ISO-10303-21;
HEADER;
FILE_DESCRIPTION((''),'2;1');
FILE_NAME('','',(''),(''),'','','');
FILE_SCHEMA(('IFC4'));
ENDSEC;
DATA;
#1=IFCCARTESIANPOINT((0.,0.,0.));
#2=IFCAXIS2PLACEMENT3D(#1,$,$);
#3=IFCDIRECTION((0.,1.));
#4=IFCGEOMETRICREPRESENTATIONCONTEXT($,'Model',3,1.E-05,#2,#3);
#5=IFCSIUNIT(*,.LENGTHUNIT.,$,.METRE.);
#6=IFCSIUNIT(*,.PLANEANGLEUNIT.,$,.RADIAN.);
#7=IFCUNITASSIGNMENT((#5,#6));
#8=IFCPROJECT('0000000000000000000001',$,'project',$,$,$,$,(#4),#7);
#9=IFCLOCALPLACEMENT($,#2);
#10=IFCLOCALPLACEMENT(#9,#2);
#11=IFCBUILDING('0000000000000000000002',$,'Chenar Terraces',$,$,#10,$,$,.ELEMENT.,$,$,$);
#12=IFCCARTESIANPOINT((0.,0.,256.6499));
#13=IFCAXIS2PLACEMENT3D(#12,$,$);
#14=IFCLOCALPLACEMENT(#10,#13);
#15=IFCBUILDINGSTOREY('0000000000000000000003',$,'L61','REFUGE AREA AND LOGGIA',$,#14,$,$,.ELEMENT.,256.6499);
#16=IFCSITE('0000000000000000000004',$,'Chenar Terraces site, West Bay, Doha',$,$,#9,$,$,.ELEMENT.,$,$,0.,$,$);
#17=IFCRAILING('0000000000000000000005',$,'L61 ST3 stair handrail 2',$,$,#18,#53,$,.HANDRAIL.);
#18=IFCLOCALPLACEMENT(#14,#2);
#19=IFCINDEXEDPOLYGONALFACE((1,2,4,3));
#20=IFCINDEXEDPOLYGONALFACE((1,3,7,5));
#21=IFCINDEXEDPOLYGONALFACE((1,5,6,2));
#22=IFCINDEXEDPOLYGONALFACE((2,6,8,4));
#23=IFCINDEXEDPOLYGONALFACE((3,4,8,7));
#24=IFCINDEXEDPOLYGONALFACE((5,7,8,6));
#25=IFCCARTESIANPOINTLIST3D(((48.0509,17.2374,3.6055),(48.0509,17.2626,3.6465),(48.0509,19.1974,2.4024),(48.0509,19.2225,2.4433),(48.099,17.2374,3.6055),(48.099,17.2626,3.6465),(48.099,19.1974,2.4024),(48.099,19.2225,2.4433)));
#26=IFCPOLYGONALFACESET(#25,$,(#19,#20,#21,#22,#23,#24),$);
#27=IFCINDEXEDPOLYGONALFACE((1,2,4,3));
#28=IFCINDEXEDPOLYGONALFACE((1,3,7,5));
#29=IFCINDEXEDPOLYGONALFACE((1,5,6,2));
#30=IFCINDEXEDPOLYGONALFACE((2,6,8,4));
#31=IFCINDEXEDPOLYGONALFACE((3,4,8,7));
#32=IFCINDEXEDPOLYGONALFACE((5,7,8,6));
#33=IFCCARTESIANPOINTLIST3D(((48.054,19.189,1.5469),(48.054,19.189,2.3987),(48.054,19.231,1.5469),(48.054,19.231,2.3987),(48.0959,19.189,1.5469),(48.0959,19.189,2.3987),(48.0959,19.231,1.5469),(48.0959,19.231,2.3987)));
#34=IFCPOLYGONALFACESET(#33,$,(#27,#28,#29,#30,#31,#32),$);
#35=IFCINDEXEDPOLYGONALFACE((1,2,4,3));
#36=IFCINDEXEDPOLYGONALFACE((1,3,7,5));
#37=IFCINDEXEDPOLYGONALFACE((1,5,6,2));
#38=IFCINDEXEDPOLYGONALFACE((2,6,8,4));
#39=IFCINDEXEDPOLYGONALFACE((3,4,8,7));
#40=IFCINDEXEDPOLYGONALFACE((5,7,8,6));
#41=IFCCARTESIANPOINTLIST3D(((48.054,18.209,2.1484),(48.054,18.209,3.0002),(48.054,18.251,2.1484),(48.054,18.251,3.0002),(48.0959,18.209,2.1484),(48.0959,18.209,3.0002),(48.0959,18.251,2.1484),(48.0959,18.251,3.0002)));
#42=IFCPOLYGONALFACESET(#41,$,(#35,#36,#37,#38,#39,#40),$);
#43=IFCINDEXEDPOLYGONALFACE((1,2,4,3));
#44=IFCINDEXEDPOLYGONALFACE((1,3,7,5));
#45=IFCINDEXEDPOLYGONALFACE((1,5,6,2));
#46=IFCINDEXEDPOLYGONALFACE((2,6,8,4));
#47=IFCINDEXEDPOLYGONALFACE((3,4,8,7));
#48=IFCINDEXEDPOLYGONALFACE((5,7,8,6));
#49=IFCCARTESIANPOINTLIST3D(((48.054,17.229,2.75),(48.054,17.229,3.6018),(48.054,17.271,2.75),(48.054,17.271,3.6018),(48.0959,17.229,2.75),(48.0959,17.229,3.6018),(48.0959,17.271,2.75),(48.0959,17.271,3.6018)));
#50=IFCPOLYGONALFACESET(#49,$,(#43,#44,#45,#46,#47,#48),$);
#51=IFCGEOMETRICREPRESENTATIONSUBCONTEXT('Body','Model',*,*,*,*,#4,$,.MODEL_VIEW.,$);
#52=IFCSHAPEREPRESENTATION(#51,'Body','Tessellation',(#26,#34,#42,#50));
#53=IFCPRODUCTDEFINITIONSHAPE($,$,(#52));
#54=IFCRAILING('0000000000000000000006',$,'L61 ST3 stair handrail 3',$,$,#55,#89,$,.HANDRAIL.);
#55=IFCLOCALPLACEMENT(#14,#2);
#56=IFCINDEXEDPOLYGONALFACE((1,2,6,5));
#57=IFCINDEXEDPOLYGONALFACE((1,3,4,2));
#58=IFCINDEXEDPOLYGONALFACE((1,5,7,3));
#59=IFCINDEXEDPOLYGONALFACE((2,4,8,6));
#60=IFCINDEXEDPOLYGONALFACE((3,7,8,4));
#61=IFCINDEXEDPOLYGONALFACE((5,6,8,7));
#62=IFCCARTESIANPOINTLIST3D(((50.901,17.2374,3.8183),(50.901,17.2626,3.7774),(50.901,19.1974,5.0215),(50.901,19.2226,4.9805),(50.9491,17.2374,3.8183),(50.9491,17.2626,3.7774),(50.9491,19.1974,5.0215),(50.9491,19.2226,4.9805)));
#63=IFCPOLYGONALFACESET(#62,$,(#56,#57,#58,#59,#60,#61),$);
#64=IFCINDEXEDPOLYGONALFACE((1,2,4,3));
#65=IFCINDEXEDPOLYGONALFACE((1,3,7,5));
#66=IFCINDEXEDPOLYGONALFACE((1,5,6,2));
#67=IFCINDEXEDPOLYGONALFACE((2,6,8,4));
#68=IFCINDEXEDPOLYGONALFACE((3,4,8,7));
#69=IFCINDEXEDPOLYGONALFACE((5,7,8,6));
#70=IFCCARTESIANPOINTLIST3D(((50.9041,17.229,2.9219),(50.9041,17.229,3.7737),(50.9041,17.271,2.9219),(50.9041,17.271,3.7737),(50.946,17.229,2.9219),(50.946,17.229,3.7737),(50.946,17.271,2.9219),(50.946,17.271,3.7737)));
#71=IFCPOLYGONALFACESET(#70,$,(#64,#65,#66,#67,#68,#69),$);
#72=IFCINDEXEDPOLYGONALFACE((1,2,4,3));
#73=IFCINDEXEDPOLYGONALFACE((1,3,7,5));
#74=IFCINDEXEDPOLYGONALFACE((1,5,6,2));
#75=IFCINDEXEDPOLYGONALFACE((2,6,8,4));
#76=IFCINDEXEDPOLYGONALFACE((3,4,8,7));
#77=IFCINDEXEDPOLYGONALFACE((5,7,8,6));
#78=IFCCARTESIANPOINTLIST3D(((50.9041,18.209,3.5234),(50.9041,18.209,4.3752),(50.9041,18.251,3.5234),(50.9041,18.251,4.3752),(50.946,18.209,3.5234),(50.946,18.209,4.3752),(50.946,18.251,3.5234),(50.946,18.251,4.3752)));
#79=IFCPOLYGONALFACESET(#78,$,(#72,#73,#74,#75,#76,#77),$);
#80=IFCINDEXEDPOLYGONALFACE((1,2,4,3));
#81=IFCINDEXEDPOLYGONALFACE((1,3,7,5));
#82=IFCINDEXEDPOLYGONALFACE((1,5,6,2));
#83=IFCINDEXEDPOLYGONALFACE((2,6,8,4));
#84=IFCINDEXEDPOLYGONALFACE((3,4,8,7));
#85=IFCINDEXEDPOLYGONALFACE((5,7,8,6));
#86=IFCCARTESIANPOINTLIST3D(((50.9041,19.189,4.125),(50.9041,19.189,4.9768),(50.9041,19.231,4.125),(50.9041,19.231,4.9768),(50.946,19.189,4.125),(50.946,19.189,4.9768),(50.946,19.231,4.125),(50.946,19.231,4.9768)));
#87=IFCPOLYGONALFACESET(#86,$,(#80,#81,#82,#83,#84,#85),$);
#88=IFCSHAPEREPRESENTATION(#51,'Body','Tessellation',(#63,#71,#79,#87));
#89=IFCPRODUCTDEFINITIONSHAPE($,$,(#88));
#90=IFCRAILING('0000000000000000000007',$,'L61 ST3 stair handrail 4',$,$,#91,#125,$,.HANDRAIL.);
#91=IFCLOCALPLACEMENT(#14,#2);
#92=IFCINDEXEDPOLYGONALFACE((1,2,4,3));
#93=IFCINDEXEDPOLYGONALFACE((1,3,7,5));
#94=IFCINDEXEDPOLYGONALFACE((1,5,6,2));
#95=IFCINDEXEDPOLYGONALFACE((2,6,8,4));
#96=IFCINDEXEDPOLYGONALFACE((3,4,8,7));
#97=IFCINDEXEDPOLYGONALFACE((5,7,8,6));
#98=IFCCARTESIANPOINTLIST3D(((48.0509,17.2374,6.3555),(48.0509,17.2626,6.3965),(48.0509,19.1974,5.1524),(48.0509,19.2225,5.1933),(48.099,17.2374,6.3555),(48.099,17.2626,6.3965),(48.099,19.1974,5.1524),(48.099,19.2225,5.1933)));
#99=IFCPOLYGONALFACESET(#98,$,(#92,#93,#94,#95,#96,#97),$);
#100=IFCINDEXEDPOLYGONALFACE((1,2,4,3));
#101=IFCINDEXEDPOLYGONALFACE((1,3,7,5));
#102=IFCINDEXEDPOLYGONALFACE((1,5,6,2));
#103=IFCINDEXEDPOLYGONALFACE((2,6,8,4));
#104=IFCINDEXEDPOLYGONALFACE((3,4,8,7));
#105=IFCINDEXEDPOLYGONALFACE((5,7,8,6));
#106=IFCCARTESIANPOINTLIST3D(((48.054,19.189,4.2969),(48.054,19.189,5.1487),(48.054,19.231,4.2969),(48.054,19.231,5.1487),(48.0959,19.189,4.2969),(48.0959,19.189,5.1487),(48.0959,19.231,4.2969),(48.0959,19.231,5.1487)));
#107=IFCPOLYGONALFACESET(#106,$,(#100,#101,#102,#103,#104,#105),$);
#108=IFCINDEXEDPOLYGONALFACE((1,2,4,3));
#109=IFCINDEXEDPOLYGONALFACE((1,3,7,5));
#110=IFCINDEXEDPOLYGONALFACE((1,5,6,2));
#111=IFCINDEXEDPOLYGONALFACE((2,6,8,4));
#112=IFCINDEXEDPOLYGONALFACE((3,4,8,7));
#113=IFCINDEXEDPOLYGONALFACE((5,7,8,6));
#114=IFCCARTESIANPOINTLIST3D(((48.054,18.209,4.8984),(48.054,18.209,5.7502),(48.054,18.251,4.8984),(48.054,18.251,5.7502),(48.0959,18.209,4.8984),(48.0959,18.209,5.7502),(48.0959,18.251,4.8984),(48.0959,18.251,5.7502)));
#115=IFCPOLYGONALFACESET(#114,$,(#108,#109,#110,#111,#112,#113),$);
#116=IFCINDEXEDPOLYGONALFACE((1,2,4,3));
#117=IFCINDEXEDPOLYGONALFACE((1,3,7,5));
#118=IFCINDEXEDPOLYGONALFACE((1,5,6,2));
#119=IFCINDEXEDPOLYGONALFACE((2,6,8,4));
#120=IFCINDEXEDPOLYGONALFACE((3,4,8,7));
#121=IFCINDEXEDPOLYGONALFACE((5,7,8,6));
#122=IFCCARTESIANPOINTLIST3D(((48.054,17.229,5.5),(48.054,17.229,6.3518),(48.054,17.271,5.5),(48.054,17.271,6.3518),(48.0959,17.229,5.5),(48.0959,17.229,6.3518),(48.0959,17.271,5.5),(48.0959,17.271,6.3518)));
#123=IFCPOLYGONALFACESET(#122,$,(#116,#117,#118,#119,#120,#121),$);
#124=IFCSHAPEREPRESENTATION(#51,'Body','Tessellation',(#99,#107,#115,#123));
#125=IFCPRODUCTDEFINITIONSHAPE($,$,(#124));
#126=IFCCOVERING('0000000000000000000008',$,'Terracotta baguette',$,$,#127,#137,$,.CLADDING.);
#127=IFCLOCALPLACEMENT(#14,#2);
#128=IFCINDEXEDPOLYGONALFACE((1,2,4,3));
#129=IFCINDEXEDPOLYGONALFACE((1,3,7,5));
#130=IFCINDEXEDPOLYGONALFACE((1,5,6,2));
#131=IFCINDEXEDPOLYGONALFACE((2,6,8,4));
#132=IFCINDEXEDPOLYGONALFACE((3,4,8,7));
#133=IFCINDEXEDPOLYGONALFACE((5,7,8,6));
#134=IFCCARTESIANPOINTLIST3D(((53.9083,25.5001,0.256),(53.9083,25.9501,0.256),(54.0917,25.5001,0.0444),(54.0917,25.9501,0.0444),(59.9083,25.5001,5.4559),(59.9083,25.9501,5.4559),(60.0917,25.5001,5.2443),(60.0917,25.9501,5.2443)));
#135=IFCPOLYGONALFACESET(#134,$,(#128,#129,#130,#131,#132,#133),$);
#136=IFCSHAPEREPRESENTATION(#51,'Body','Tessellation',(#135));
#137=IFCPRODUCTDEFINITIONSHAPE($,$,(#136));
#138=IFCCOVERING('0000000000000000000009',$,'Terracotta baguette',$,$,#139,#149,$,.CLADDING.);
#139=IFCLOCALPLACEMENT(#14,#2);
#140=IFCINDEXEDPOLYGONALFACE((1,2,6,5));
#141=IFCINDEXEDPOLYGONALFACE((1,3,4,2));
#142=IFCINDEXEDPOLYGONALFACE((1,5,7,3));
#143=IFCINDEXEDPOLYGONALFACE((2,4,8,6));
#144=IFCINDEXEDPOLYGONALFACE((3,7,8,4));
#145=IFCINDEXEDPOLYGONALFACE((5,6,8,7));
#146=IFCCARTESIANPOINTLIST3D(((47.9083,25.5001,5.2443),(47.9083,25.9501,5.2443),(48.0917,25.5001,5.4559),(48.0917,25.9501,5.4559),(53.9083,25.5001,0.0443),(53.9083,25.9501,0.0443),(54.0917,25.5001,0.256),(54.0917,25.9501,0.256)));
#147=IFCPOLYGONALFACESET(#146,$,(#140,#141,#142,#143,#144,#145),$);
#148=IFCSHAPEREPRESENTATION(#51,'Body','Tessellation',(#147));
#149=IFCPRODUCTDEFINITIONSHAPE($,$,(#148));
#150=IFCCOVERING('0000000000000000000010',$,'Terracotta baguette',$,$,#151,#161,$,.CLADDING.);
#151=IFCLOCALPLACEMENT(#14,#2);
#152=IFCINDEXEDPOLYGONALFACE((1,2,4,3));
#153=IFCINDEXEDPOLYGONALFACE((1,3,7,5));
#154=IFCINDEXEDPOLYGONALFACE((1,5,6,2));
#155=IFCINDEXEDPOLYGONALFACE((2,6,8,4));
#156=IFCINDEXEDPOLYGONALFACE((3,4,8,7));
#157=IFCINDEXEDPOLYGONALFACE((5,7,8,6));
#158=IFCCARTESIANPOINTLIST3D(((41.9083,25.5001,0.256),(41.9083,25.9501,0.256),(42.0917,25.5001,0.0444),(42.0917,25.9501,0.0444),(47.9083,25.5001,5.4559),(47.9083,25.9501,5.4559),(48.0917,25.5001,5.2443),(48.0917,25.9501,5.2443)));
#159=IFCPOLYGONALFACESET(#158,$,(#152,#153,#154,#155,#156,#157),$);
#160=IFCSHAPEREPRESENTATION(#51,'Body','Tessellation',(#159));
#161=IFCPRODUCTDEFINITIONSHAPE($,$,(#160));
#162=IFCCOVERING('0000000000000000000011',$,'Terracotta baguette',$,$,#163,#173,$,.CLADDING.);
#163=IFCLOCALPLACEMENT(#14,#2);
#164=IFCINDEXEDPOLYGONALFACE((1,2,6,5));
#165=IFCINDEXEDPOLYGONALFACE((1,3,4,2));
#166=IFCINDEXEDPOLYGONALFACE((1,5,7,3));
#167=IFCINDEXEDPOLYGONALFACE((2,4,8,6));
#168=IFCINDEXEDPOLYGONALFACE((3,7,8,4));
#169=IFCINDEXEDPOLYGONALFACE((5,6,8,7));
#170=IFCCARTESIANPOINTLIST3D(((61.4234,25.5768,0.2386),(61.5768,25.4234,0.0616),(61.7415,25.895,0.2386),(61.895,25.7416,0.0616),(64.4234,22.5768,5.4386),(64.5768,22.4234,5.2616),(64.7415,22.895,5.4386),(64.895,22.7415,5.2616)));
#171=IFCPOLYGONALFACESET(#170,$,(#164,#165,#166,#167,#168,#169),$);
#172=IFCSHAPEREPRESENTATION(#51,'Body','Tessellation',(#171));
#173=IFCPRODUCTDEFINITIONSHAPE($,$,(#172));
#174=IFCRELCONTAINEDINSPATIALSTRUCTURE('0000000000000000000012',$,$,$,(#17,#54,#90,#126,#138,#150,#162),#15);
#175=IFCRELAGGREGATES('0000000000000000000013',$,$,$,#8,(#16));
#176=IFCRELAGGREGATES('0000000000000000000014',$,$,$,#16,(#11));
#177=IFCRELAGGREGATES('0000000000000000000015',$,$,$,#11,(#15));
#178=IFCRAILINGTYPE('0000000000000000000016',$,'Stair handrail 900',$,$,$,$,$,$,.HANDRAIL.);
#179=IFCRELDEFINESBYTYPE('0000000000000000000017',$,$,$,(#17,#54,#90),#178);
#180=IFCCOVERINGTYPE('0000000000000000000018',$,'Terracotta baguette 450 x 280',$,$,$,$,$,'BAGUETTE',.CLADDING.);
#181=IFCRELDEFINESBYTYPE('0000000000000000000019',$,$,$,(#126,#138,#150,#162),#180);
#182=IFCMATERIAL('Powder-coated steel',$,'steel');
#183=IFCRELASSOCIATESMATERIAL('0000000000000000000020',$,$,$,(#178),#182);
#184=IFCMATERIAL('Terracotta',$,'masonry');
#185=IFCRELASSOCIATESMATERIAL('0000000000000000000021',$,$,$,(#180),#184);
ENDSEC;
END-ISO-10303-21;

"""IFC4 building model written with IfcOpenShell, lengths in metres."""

from ifc_helpers import new_model, si_unit, direction, frame, origin, origin_2d, place, context, subcontext, project, spatial, rectangle, extrude, material, material_profile, profile_set, type_object, element, save


model = new_model("IFC4")

# Units and contexts
model_context = context("Model", 3, precision=1e-05, world=origin(), true_north=direction((0.0, 1.0)))
body_context = subcontext(model_context, "Body", "Model", "MODEL_VIEW")
ifc_project = project(units=[si_unit("LENGTHUNIT", "METRE"), si_unit("PLANEANGLEUNIT", "RADIAN")], contexts=[model_context])

# Site, building, storey
site_placement = place(None, origin())
site = spatial("IfcSite", under=ifc_project, at=site_placement, Name="Chenar Terraces site, West Bay, Doha", CompositionType="ELEMENT", RefElevation=0.0)
building_placement = place(site_placement, origin())
building = spatial("IfcBuilding", under=site, at=building_placement, Name="Chenar Terraces", CompositionType="ELEMENT")
storey_placement = place(building_placement, frame((0.0, 0.0, 256.6499)))
storey = spatial("IfcBuildingStorey", under=building, at=storey_placement, Name="L61", Description="REFUGE AREA AND LOGGIA", CompositionType="ELEMENT", Elevation=256.6499)

# Railings
ifc_material_1 = material(Name="Powder-coated steel", Category="steel")
railing_type_1 = type_object("IfcRailingType", Name="Stair handrail 900", PredefinedType="HANDRAIL", material=ifc_material_1)
railing_1_placement = place(storey_placement, frame((48.075, 19.21, 1.5469)))
element("IfcRailing", 1, at=railing_1_placement, inside=storey, type_object=railing_type_1, Name="L61 ST3 stair handrail 2", PredefinedType="HANDRAIL", context=body_context, shape_type="SweptSolid", body=[
    extrude(rectangle(XDim=0.0481, YDim=0.0481, at=origin_2d()), frame((0.0, 0.0, 0.876), z_axis=(0.0, -0.852241, 0.523149), x_axis=(1.0, 0.0, 0.0)), (0.0, 0.0, 1.0), 2.2998),
    extrude(rectangle(XDim=0.042, YDim=0.042, at=origin_2d()), origin(), (0.0, 0.0, 1.0), 0.8518),
    extrude(rectangle(XDim=0.042, YDim=0.042, at=origin_2d()), frame((0.0, -0.98, 0.6016)), (0.0, 0.0, 1.0), 0.8518),
    extrude(rectangle(XDim=0.042, YDim=0.042, at=origin_2d()), frame((0.0, -1.96, 1.2031)), (0.0, 0.0, 1.0), 0.8518),
])
railing_2_placement = place(storey_placement, frame((50.925, 17.25, 2.9219)))
element("IfcRailing", 2, at=railing_2_placement, inside=storey, type_object=railing_type_1, Name="L61 ST3 stair handrail 3", PredefinedType="HANDRAIL", context=body_context, shape_type="SweptSolid", body=[
    extrude(rectangle(XDim=0.0481, YDim=0.0481, at=origin_2d()), frame((0.0, 0.0, 0.876), z_axis=(0.0, 0.852241, 0.523149), x_axis=(-1.0, 0.0, 0.0)), (0.0, 0.0, 1.0), 2.2998),
    extrude(rectangle(XDim=0.042, YDim=0.042, at=origin_2d()), origin(), (0.0, 0.0, 1.0), 0.8518),
    extrude(rectangle(XDim=0.042, YDim=0.042, at=origin_2d()), frame((0.0, 0.98, 0.6016)), (0.0, 0.0, 1.0), 0.8518),
    extrude(rectangle(XDim=0.042, YDim=0.042, at=origin_2d()), frame((0.0, 1.96, 1.2031)), (0.0, 0.0, 1.0), 0.8518),
])
railing_3_placement = place(storey_placement, frame((48.075, 19.21, 4.2969)))
element("IfcRailing", 3, at=railing_3_placement, inside=storey, type_object=railing_type_1, Name="L61 ST3 stair handrail 4", PredefinedType="HANDRAIL", context=body_context, shape_type="SweptSolid", body=[
    extrude(rectangle(XDim=0.0481, YDim=0.0481, at=origin_2d()), frame((0.0, 0.0, 0.876), z_axis=(0.0, -0.852241, 0.523149), x_axis=(1.0, 0.0, 0.0)), (0.0, 0.0, 1.0), 2.2998),
    extrude(rectangle(XDim=0.042, YDim=0.042, at=origin_2d()), origin(), (0.0, 0.0, 1.0), 0.8518),
    extrude(rectangle(XDim=0.042, YDim=0.042, at=origin_2d()), frame((0.0, -0.98, 0.6016)), (0.0, 0.0, 1.0), 0.8518),
    extrude(rectangle(XDim=0.042, YDim=0.042, at=origin_2d()), frame((0.0, -1.96, 1.2031)), (0.0, 0.0, 1.0), 0.8518),
])

# Coverings
ifc_material_2 = material(Name="Terracotta", Category="masonry")
ifc_material_profile_1 = material_profile(ifc_material_2, rectangle(XDim=0.45, YDim=0.28, at=origin_2d()), Name="Terracotta baguette 450 x 280")
ifc_profile_set_1 = profile_set([ifc_material_profile_1], Name="Terracotta")
covering_type = type_object("IfcCoveringType", Name="Terracotta baguette 450 x 280", ElementType="BAGUETTE", PredefinedType="CLADDING", material=ifc_profile_set_1)
for number, where, z_axis, x_axis, name in (
    (4, (60.0, 25.7251, 5.3501), (-0.755692, 0.0, -0.654927), (0.0, -1.0, 0.0), "Terracotta baguette"),
    (5, (54.0, 25.7251, 0.1501), (-0.755692, 0.0, 0.654927), (0.0, -1.0, 0.0), "Terracotta baguette"),
    (6, (48.0, 25.7251, 5.3501), (-0.755692, 0.0, -0.654927), (0.0, -1.0, 0.0), "Terracotta baguette"),
):
    element("IfcCovering", number, at=place(storey_placement, frame(where, z_axis=z_axis, x_axis=x_axis)), inside=storey, type_object=covering_type, Name=name, PredefinedType="CLADDING", context=body_context, shape_type="SweptSolid", body=[
        extrude(rectangle(XDim=0.45, YDim=0.28, at=origin_2d()), origin(), (0.0, 0.0, 1.0), 7.9397),
    ])
covering_placement = place(storey_placement, frame((64.6592, 22.6592, 5.3501), z_axis=(-0.447017, 0.447017, -0.774823), x_axis=(-0.707107, -0.707107, 0.0)))
element("IfcCovering", 7, at=covering_placement, inside=storey, type_object=covering_type, Name="Terracotta baguette", PredefinedType="CLADDING", context=body_context, shape_type="SweptSolid", body=[
    extrude(rectangle(XDim=0.45, YDim=0.28, at=origin_2d()), origin(), (0.0, 0.0, 1.0), 6.7112),
])

save(model, "model.ifc")
